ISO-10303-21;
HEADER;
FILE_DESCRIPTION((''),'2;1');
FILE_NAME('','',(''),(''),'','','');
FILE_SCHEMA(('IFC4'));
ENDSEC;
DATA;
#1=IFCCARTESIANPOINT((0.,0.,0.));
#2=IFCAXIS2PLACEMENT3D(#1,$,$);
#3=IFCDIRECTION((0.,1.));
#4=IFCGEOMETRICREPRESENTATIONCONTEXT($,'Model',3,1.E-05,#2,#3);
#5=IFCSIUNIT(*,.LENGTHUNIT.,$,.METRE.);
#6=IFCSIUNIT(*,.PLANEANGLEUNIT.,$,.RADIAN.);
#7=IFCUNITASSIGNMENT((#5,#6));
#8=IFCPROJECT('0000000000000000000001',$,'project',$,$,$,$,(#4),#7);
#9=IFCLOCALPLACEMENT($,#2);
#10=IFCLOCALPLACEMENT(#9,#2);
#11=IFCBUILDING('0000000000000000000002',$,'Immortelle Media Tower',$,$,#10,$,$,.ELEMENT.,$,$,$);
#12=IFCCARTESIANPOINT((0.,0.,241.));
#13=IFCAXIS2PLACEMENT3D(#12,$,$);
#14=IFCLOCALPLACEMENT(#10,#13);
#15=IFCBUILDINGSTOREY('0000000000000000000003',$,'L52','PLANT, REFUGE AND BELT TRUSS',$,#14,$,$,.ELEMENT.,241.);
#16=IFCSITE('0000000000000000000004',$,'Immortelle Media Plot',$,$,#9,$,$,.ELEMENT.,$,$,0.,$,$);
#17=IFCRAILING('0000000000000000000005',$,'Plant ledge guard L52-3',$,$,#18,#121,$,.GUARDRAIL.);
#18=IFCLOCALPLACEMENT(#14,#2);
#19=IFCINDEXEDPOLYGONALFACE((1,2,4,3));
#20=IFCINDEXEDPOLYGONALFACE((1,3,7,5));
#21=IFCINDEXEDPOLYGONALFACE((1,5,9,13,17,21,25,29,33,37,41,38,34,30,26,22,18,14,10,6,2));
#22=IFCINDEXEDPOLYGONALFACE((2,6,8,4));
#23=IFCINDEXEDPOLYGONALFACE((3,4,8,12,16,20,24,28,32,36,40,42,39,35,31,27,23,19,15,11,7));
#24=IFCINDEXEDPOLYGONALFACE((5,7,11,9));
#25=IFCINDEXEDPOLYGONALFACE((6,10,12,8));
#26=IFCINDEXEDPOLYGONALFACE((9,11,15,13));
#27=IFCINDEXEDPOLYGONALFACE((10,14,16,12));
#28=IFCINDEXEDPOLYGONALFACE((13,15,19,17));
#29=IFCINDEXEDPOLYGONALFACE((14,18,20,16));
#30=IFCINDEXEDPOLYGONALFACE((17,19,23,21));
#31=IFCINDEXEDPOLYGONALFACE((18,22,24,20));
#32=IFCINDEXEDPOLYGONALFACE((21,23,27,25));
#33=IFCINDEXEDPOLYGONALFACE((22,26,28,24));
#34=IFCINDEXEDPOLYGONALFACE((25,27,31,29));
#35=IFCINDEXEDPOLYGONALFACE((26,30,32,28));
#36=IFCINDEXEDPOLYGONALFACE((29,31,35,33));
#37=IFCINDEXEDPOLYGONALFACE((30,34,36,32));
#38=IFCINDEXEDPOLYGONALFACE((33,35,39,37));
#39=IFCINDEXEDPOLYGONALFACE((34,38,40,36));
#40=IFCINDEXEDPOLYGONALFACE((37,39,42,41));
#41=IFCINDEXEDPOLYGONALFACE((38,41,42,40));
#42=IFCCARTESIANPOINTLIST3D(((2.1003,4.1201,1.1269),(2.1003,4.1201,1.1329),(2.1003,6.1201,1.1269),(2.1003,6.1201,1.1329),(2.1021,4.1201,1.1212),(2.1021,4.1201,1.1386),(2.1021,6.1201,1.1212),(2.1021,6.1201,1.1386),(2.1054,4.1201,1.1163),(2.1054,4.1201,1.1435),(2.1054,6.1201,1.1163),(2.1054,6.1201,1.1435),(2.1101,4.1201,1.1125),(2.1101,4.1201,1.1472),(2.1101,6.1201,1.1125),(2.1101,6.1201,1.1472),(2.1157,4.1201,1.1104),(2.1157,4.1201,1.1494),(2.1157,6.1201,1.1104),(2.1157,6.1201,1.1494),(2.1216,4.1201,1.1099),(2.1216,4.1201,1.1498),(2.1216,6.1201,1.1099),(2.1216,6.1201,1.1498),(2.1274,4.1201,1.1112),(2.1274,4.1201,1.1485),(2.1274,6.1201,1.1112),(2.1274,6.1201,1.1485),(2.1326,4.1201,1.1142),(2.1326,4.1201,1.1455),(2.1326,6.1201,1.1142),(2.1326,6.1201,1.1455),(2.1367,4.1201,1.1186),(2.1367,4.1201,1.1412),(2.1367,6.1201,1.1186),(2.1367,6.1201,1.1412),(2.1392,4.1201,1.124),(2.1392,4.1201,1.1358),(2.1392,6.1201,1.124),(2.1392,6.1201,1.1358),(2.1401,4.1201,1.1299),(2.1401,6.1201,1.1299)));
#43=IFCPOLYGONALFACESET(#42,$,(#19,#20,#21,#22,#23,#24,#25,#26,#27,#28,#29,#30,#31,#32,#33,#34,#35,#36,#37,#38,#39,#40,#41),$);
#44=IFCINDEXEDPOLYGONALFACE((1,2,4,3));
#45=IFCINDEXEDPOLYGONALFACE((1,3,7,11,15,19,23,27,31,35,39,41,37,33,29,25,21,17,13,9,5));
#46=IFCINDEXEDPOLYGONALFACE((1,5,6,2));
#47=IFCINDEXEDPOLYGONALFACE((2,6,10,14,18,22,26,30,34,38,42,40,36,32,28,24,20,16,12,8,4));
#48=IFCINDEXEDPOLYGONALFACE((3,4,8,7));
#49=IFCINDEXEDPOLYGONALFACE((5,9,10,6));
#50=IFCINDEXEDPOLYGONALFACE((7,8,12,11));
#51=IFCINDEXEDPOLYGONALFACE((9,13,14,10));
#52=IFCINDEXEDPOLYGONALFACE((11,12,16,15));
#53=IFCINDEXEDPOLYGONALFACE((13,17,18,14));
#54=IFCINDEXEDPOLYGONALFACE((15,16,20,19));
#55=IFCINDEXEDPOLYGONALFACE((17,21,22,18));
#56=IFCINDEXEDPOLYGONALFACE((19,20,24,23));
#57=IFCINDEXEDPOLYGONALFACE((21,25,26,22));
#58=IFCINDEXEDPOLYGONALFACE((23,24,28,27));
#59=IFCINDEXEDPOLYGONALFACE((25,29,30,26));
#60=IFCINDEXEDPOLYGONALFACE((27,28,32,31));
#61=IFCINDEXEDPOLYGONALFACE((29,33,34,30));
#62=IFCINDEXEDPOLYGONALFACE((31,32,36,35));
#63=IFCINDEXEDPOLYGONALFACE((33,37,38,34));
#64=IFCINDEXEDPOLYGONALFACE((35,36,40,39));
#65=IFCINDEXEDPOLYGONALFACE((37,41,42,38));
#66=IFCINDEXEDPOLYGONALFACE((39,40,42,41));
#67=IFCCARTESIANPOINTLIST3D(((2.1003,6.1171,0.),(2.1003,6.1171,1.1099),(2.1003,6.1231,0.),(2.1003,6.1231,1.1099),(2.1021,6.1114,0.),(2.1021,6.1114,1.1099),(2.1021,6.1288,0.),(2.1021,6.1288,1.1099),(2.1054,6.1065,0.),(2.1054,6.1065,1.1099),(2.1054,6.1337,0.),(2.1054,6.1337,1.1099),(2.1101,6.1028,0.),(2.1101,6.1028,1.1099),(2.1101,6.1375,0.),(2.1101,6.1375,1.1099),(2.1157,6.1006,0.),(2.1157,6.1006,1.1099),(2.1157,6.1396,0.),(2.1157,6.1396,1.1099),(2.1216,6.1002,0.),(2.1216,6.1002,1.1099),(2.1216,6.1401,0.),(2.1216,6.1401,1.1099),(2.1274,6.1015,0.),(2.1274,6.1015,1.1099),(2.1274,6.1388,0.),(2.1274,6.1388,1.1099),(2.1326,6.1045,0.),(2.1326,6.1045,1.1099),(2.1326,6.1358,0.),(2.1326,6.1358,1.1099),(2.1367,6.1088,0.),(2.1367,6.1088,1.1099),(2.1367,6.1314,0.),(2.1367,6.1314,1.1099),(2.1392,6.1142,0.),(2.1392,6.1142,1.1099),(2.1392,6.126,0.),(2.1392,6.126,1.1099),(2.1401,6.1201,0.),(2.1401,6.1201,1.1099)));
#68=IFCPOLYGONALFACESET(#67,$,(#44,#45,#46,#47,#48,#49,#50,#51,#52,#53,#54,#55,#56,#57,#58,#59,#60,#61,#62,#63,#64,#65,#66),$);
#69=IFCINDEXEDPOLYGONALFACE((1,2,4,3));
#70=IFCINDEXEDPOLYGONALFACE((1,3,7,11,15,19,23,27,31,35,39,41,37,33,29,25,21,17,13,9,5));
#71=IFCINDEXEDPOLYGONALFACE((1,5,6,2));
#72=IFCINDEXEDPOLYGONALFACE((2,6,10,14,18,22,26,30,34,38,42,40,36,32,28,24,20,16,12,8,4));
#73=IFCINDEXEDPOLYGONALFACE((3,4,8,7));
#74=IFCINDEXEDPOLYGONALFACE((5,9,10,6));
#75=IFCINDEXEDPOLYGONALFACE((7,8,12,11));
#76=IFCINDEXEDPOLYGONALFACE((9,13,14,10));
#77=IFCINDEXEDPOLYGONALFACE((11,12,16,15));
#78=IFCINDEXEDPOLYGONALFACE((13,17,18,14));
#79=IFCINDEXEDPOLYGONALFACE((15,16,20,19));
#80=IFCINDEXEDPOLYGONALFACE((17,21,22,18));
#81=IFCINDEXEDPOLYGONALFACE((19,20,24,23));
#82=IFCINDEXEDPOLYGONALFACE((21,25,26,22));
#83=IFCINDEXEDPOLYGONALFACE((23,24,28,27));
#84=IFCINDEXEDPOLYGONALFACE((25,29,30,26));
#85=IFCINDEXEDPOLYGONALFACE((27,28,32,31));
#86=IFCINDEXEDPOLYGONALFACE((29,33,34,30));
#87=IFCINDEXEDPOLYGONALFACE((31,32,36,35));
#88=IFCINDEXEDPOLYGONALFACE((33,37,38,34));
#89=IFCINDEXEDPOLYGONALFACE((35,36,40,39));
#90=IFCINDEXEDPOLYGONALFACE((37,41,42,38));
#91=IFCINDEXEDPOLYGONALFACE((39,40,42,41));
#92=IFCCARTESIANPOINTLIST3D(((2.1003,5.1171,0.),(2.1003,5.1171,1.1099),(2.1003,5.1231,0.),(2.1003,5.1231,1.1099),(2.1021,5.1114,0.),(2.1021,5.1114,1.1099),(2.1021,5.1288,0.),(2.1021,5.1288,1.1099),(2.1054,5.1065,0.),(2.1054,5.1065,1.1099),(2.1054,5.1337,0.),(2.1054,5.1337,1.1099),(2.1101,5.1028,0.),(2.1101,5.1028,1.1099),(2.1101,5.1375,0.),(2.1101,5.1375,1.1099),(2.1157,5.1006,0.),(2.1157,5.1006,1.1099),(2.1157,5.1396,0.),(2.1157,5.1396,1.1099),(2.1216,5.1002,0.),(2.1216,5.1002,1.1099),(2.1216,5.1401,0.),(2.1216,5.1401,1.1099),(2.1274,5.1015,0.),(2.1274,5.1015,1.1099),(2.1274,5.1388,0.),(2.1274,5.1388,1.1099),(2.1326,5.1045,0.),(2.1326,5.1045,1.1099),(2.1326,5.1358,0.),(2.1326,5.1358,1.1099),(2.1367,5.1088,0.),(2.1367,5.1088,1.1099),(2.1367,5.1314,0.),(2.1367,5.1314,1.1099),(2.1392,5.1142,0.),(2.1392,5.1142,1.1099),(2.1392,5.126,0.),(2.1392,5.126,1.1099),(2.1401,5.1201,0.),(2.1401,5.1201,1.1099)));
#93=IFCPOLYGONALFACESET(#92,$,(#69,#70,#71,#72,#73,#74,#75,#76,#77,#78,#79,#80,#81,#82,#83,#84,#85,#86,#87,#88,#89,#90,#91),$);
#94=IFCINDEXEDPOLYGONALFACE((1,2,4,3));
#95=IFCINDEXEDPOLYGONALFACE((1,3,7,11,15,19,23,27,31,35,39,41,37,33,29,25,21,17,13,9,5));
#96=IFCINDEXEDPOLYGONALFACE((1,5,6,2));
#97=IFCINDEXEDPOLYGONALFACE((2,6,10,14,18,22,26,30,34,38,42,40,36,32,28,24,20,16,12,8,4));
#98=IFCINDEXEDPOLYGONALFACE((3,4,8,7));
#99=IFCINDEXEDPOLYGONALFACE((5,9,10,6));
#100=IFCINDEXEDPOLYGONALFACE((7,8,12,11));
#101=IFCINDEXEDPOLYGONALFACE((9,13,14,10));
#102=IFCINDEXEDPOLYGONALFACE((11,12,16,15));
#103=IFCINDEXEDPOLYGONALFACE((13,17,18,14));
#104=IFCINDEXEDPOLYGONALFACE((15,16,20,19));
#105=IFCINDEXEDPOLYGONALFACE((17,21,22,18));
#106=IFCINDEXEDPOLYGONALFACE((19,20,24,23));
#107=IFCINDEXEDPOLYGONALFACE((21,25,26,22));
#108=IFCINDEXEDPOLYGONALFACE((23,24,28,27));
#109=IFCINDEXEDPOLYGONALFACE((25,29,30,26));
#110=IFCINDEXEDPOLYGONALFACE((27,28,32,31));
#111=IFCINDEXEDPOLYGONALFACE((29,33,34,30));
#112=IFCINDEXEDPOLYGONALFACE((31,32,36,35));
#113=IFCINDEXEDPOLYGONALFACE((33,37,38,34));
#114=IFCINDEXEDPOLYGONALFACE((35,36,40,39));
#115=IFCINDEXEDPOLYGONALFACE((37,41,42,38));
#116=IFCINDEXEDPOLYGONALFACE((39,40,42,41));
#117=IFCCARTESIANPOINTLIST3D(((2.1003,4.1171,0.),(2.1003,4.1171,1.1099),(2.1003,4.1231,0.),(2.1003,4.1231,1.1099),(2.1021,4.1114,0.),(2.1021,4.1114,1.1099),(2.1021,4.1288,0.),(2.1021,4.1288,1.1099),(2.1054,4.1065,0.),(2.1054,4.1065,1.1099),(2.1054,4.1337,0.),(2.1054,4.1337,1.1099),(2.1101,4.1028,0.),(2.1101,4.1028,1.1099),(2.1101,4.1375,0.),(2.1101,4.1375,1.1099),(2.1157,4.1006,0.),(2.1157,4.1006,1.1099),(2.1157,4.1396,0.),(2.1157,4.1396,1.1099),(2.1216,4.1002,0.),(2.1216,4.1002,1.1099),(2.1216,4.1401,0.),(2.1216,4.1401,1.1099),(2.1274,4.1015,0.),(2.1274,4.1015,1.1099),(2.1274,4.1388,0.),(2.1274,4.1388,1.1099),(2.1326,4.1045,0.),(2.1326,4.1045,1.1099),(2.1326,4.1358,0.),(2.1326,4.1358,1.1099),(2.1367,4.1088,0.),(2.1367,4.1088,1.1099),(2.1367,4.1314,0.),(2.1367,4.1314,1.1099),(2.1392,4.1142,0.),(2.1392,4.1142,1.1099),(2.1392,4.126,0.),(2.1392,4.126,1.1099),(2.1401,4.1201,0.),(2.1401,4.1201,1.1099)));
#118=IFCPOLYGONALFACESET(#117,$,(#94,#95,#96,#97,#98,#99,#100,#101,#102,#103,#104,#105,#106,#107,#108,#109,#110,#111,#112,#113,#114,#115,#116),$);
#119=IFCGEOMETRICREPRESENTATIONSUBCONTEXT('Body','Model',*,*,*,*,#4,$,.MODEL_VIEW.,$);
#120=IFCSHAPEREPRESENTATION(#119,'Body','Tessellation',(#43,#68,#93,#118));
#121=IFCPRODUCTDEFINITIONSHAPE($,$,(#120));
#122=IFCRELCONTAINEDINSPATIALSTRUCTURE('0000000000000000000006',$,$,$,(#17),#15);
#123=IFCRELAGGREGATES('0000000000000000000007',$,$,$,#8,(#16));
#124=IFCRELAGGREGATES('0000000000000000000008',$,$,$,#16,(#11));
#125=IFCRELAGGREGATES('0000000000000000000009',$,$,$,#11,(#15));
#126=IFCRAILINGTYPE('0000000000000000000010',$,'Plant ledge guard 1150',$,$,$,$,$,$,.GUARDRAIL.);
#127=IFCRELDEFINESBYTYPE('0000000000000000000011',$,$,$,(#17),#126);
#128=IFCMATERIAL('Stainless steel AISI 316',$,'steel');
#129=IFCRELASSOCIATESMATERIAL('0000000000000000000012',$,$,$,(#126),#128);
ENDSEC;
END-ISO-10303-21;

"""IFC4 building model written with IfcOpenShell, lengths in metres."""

from ifc_helpers import new_model, si_unit, direction, frame, origin, origin_2d, place, context, subcontext, project, spatial, circle, extrude, material, type_object, element, save


model = new_model("IFC4")

# Units and contexts
model_context = context("Model", 3, precision=1e-05, world=origin(), true_north=direction((0.0, 1.0)))
body_context = subcontext(model_context, "Body", "Model", "MODEL_VIEW")
ifc_project = project(units=[si_unit("LENGTHUNIT", "METRE"), si_unit("PLANEANGLEUNIT", "RADIAN")], contexts=[model_context])

# Site, building, storey
site_placement = place(None, origin())
site = spatial("IfcSite", under=ifc_project, at=site_placement, Name="Immortelle Media Plot", CompositionType="ELEMENT", RefElevation=0.0)
building_placement = place(site_placement, origin())
building = spatial("IfcBuilding", under=site, at=building_placement, Name="Immortelle Media Tower", CompositionType="ELEMENT")
storey_placement = place(building_placement, frame((0.0, 0.0, 241.0)))
storey = spatial("IfcBuildingStorey", under=building, at=storey_placement, Name="L52", Description="PLANT, REFUGE AND BELT TRUSS", CompositionType="ELEMENT", Elevation=241.0)

# Railing
ifc_material_1 = material(Name="Stainless steel AISI 316", Category="steel")
railing_type = type_object("IfcRailingType", Name="Plant ledge guard 1150", PredefinedType="GUARDRAIL", material=ifc_material_1)
railing_1_placement = place(storey_placement, frame((2.1201, 6.1201, 0.0)))
element("IfcRailing", 1, at=railing_1_placement, inside=storey, type_object=railing_type, Name="Plant ledge guard L52-3", PredefinedType="GUARDRAIL", context=body_context, shape_type="SweptSolid", body=[
    extrude(circle(Radius=0.02, at=origin_2d()), frame((0.0, 0.0, 1.1299), z_axis=(0.0, -1.0, 0.0), x_axis=(1.0, 0.0, 0.0)), (0.0, 0.0, 1.0), 2.0),
    extrude(circle(Radius=0.02, at=origin_2d()), origin(), (0.0, 0.0, 1.0), 1.1099),
    extrude(circle(Radius=0.02, at=origin_2d()), frame((0.0, -1.0, 0.0)), (0.0, 0.0, 1.0), 1.1099),
    extrude(circle(Radius=0.02, at=origin_2d()), frame((0.0, -2.0, 0.0)), (0.0, 0.0, 1.0), 1.1099),
])

save(model, "model.ifc")
